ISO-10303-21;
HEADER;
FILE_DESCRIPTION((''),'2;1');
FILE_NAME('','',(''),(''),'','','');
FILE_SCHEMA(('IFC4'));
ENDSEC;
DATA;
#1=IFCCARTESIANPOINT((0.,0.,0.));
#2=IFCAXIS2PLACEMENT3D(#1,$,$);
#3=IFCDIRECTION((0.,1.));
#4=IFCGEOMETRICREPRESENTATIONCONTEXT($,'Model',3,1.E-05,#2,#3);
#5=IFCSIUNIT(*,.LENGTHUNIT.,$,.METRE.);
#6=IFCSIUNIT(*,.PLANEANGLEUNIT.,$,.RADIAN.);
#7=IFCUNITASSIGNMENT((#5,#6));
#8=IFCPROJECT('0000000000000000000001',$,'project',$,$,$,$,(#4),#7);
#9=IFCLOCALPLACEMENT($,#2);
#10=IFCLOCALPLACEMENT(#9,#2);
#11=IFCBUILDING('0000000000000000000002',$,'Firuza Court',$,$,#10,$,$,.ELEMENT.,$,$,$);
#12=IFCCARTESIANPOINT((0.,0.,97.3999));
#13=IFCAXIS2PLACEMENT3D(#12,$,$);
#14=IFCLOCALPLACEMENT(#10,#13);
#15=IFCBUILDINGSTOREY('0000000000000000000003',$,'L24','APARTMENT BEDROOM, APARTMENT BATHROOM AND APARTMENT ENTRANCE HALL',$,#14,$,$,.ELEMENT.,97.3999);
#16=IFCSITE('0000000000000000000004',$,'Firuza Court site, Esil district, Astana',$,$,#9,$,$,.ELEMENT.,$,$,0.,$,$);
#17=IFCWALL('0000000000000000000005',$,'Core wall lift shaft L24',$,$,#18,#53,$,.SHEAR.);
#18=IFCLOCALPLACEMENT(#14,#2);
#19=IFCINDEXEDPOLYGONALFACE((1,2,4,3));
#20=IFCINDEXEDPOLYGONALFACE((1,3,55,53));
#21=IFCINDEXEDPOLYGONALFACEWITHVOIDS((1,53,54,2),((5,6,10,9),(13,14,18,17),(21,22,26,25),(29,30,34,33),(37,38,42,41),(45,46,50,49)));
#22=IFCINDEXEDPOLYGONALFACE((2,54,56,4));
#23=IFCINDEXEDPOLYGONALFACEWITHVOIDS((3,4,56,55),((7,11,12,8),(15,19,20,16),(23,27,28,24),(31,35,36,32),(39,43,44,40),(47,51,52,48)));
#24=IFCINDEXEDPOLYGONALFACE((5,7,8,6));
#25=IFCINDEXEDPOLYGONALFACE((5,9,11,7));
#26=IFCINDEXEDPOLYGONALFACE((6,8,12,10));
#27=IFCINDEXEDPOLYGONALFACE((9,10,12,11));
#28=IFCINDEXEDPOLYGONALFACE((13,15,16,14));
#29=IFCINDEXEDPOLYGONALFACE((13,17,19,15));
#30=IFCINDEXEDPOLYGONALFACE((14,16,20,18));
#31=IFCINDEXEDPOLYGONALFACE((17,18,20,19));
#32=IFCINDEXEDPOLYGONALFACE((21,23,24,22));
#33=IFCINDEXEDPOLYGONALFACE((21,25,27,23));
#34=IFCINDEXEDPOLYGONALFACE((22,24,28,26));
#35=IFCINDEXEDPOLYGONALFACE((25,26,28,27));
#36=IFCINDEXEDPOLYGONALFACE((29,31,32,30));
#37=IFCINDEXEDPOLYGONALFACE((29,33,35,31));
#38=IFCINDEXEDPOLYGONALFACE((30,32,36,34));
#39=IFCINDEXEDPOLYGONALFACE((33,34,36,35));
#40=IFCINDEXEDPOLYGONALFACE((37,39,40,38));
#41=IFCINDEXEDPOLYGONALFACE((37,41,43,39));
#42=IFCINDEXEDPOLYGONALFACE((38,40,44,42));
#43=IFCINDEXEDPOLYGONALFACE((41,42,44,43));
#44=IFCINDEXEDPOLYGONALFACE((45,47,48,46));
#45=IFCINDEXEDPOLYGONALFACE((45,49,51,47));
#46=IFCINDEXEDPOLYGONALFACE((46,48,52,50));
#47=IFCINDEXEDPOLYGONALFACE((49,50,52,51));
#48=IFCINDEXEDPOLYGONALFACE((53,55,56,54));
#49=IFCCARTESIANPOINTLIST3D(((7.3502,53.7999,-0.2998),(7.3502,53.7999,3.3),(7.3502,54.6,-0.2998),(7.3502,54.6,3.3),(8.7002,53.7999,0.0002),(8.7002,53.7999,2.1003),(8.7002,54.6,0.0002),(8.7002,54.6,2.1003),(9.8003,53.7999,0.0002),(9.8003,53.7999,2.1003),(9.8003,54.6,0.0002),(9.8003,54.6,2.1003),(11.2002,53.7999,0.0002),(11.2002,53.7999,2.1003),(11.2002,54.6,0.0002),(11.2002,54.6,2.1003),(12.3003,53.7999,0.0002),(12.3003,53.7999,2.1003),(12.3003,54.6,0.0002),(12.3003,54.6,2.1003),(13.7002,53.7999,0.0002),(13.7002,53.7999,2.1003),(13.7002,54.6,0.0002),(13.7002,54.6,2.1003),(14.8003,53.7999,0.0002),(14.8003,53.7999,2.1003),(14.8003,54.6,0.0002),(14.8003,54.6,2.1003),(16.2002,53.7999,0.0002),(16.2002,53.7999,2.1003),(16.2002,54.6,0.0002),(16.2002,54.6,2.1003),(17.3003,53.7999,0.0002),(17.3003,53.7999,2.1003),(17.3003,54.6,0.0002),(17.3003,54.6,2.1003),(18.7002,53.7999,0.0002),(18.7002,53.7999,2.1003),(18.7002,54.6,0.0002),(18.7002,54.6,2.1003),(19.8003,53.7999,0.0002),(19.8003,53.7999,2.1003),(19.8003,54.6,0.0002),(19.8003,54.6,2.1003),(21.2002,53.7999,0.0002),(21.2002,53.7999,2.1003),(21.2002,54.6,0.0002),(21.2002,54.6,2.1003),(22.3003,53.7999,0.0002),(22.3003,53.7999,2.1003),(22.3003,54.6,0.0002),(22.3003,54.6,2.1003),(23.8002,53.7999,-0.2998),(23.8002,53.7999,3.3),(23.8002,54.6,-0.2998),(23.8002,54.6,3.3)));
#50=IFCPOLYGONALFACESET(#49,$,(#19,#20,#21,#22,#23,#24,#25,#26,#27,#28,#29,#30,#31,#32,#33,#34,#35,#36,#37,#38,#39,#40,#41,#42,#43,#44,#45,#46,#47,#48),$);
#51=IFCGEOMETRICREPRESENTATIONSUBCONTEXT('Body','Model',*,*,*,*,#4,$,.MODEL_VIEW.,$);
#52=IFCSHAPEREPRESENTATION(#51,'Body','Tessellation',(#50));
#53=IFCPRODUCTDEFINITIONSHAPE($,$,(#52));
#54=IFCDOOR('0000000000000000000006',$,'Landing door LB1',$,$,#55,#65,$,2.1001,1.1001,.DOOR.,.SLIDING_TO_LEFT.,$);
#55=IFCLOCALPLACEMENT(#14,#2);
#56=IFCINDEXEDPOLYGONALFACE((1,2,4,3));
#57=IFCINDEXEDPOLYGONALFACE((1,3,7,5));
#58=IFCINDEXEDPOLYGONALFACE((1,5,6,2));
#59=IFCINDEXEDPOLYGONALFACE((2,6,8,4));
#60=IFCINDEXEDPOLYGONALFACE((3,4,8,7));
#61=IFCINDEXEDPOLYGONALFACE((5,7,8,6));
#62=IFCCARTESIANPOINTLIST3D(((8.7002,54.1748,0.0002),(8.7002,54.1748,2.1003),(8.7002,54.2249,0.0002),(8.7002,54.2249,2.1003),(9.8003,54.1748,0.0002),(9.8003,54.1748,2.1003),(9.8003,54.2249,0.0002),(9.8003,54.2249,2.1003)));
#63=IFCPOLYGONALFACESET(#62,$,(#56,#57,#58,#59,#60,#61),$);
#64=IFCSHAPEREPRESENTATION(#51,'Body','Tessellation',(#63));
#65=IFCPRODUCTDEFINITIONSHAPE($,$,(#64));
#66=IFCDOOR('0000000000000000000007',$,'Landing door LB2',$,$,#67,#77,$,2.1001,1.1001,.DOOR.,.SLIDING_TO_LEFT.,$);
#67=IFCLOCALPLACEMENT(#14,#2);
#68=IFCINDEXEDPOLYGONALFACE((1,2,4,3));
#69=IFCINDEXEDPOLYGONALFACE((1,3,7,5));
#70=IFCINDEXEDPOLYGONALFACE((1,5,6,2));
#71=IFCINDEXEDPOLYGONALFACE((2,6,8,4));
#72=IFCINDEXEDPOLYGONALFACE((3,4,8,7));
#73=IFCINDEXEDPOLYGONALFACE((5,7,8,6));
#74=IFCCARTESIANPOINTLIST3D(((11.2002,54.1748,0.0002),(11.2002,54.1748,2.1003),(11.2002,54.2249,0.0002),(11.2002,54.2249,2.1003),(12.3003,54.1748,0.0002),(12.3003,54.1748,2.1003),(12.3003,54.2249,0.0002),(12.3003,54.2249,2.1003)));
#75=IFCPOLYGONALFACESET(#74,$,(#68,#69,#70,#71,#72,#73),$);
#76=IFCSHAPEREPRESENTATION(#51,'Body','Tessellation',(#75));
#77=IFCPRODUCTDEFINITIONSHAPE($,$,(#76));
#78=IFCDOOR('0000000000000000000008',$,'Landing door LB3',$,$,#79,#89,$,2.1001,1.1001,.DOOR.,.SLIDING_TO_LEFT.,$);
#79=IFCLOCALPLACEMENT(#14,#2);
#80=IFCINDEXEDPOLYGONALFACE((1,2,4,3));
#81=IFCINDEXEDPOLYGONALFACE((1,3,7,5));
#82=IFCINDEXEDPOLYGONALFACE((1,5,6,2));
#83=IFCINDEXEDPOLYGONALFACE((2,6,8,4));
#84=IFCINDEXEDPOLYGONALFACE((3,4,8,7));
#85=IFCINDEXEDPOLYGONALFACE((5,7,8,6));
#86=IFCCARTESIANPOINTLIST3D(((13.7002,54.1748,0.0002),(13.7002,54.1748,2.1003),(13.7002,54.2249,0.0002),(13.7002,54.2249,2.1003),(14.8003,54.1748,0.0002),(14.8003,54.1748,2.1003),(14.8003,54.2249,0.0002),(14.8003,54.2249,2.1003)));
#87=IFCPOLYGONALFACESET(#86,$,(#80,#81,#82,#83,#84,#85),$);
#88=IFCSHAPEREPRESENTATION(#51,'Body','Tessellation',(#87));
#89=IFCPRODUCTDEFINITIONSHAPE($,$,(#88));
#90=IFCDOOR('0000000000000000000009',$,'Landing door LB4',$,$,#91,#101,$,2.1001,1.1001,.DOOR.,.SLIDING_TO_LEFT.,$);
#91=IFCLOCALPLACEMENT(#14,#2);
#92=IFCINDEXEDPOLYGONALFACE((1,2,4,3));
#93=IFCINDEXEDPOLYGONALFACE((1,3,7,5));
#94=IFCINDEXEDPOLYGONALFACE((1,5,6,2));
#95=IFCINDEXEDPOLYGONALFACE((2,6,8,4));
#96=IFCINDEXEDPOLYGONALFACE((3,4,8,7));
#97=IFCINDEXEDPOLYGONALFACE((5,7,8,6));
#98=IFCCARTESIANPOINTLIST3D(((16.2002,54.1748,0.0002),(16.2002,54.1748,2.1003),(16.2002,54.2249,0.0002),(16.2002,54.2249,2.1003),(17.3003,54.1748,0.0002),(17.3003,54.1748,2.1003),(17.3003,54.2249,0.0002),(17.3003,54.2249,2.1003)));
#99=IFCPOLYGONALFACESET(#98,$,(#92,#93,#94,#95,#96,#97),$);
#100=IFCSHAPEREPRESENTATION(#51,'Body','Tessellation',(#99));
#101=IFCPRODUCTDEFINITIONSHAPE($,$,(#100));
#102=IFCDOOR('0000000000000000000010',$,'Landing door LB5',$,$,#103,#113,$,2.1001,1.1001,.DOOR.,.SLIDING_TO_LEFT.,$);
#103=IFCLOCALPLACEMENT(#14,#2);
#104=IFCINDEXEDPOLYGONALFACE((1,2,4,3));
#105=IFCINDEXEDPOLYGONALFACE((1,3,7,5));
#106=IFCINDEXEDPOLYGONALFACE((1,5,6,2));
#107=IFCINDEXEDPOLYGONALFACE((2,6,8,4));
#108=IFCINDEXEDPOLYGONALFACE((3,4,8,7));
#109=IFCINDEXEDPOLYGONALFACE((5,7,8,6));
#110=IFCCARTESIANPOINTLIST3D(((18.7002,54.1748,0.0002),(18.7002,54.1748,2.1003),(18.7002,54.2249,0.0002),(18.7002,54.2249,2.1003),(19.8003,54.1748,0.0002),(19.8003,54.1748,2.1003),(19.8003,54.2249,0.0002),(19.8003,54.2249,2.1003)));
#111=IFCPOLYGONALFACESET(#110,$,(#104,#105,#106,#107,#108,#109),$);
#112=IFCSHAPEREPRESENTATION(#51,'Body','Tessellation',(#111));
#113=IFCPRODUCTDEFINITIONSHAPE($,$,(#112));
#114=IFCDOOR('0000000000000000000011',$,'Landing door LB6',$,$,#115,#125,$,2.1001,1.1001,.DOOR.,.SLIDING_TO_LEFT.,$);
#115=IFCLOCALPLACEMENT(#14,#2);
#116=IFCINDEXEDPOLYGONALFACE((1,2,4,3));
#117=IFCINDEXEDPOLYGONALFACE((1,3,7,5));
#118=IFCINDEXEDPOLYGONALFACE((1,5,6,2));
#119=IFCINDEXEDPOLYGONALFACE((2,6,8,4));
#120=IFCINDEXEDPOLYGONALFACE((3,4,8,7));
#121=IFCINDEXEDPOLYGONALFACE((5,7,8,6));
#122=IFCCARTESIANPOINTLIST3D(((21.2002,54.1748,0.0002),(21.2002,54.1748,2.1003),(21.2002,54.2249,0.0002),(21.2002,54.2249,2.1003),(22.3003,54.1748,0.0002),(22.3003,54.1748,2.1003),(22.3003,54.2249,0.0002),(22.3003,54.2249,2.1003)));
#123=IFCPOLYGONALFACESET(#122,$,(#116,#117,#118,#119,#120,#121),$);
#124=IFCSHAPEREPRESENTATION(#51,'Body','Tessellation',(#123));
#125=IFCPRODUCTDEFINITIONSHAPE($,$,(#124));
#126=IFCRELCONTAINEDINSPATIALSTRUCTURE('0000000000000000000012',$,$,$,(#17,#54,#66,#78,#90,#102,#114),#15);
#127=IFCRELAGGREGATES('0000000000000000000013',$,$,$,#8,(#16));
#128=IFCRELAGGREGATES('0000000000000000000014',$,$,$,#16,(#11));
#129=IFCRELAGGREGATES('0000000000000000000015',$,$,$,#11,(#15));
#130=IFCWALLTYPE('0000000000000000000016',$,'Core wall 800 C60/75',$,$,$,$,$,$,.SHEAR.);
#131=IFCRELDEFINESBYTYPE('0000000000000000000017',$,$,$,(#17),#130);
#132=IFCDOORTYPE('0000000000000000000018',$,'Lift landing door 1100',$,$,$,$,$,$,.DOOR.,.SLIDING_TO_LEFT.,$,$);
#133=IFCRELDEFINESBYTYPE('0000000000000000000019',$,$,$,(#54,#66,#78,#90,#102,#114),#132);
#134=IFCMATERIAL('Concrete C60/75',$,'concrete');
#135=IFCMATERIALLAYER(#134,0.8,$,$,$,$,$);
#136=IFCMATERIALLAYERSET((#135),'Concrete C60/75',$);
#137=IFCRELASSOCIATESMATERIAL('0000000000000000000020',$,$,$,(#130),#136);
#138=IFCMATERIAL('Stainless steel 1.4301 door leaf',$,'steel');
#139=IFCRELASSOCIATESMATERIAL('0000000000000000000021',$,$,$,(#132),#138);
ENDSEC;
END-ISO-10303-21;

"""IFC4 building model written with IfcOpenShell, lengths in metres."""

from ifc_helpers import new_model, si_unit, direction, frame, frame_2d, origin, place, context, subcontext, project, spatial, rectangle, extrude, material, layer, layer_set, type_object, element, fill, save


model = new_model("IFC4")

# Units and contexts
model_context = context("Model", 3, precision=1e-05, world=origin(), true_north=direction((0.0, 1.0)))
body_context = subcontext(model_context, "Body", "Model", "MODEL_VIEW")
ifc_project = project(units=[si_unit("LENGTHUNIT", "METRE"), si_unit("PLANEANGLEUNIT", "RADIAN")], contexts=[model_context])

# Site, building, storey
site_placement = place(None, origin())
site = spatial("IfcSite", under=ifc_project, at=site_placement, Name="Firuza Court site, Esil district, Astana", CompositionType="ELEMENT", RefElevation=0.0)
building_placement = place(site_placement, origin())
building = spatial("IfcBuilding", under=site, at=building_placement, Name="Firuza Court", CompositionType="ELEMENT")
storey_placement = place(building_placement, frame((0.0, 0.0, 97.3999)))
storey = spatial("IfcBuildingStorey", under=building, at=storey_placement, Name="L24", Description="APARTMENT BEDROOM, APARTMENT BATHROOM AND APARTMENT ENTRANCE HALL", CompositionType="ELEMENT", Elevation=97.3999)

# Shared definitions
ifc_material_1 = material(Name="Concrete C60/75", Category="concrete")

# Wall, openings, doors
ifc_layer_1 = layer(ifc_material_1, 0.8)
ifc_layer_set_1 = layer_set([ifc_layer_1], Name="Concrete C60/75")
wall_type_1 = type_object("IfcWallType", Name="Core wall 800 C60/75", PredefinedType="SHEAR", material=ifc_layer_set_1)
wall_1_placement = place(storey_placement, frame((7.3501, 54.2, -0.2998), z_axis=(0.0, 0.0, 1.0), x_axis=(1.0, 0.0, 0.0)))
wall_1 = element("IfcWall", 1, at=wall_1_placement, inside=storey, type_object=wall_type_1, Name="Core wall lift shaft L24", PredefinedType="SHEAR", context=body_context, shape_type="SweptSolid", body=[
    extrude(rectangle(XDim=16.45, YDim=0.8, at=frame_2d((8.2251, 0.0))), origin(), (0.0, 0.0, 1.0), 3.5999),
])
opening_1_placement = place(wall_1_placement, frame((1.3501, 0.0, 0.3)))
opening_1 = element("IfcOpeningElement", 2, at=opening_1_placement, cuts=wall_1, PredefinedType="OPENING", context=body_context, shape_type="SweptSolid", body=[
    extrude(rectangle(XDim=1.1001, YDim=2.1001, at=frame_2d((0.55, 1.05))), frame((0.0, 0.4121, 0.0), z_axis=(0.0, -1.0, 0.0), x_axis=(1.0, 0.0, 0.0)), (0.0, 0.0, 1.0), 0.824),
])
opening_2_placement = place(wall_1_placement, frame((3.8501, 0.0, 0.3)))
opening_2 = element("IfcOpeningElement", 3, at=opening_2_placement, cuts=wall_1, PredefinedType="OPENING", context=body_context, shape_type="SweptSolid", body=[
    extrude(rectangle(XDim=1.1001, YDim=2.1001, at=frame_2d((0.55, 1.05))), frame((0.0, 0.4121, 0.0), z_axis=(0.0, -1.0, 0.0), x_axis=(1.0, 0.0, 0.0)), (0.0, 0.0, 1.0), 0.824),
])
opening_3_placement = place(wall_1_placement, frame((6.3501, 0.0, 0.3)))
opening_3 = element("IfcOpeningElement", 4, at=opening_3_placement, cuts=wall_1, PredefinedType="OPENING", context=body_context, shape_type="SweptSolid", body=[
    extrude(rectangle(XDim=1.1001, YDim=2.1001, at=frame_2d((0.55, 1.05))), frame((0.0, 0.4121, 0.0), z_axis=(0.0, -1.0, 0.0), x_axis=(1.0, 0.0, 0.0)), (0.0, 0.0, 1.0), 0.824),
])
opening_4_placement = place(wall_1_placement, frame((8.8501, 0.0, 0.3)))
opening_4 = element("IfcOpeningElement", 5, at=opening_4_placement, cuts=wall_1, PredefinedType="OPENING", context=body_context, shape_type="SweptSolid", body=[
    extrude(rectangle(XDim=1.1001, YDim=2.1001, at=frame_2d((0.55, 1.05))), frame((0.0, 0.4121, 0.0), z_axis=(0.0, -1.0, 0.0), x_axis=(1.0, 0.0, 0.0)), (0.0, 0.0, 1.0), 0.824),
])
opening_5_placement = place(wall_1_placement, frame((11.3501, 0.0, 0.3)))
opening_5 = element("IfcOpeningElement", 6, at=opening_5_placement, cuts=wall_1, PredefinedType="OPENING", context=body_context, shape_type="SweptSolid", body=[
    extrude(rectangle(XDim=1.1001, YDim=2.1001, at=frame_2d((0.55, 1.05))), frame((0.0, 0.4121, 0.0), z_axis=(0.0, -1.0, 0.0), x_axis=(1.0, 0.0, 0.0)), (0.0, 0.0, 1.0), 0.824),
])
opening_6_placement = place(wall_1_placement, frame((13.8501, 0.0, 0.3)))
opening_6 = element("IfcOpeningElement", 7, at=opening_6_placement, cuts=wall_1, PredefinedType="OPENING", context=body_context, shape_type="SweptSolid", body=[
    extrude(rectangle(XDim=1.1001, YDim=2.1001, at=frame_2d((0.55, 1.05))), frame((0.0, 0.4121, 0.0), z_axis=(0.0, -1.0, 0.0), x_axis=(1.0, 0.0, 0.0)), (0.0, 0.0, 1.0), 0.824),
])
ifc_material_2 = material(Name="Stainless steel 1.4301 door leaf", Category="steel")
door_type = type_object("IfcDoorType", Name="Lift landing door 1100", OperationType="SLIDING_TO_LEFT", PredefinedType="DOOR", material=ifc_material_2)
door_1_placement = place(opening_1_placement, origin())
door_1 = element("IfcDoor", 8, at=door_1_placement, inside=storey, type_object=door_type, Name="Landing door LB1", OperationType="SLIDING_TO_LEFT", OverallHeight=2.1001, OverallWidth=1.1001, PredefinedType="DOOR", context=body_context, shape_type="SweptSolid", body=[
    extrude(rectangle(XDim=1.1001, YDim=2.1001, at=frame_2d((0.55, 1.05))), frame((0.0, 0.0249, 0.0), z_axis=(0.0, -1.0, 0.0), x_axis=(1.0, 0.0, 0.0)), (0.0, 0.0, 1.0), 0.05),
])
fill(opening_1, door_1)
door_2_placement = place(opening_2_placement, origin())
door_2 = element("IfcDoor", 9, at=door_2_placement, inside=storey, type_object=door_type, Name="Landing door LB2", OperationType="SLIDING_TO_LEFT", OverallHeight=2.1001, OverallWidth=1.1001, PredefinedType="DOOR", context=body_context, shape_type="SweptSolid", body=[
    extrude(rectangle(XDim=1.1001, YDim=2.1001, at=frame_2d((0.55, 1.05))), frame((0.0, 0.0249, 0.0), z_axis=(0.0, -1.0, 0.0), x_axis=(1.0, 0.0, 0.0)), (0.0, 0.0, 1.0), 0.05),
])
fill(opening_2, door_2)
door_3_placement = place(opening_3_placement, origin())
door_3 = element("IfcDoor", 10, at=door_3_placement, inside=storey, type_object=door_type, Name="Landing door LB3", OperationType="SLIDING_TO_LEFT", OverallHeight=2.1001, OverallWidth=1.1001, PredefinedType="DOOR", context=body_context, shape_type="SweptSolid", body=[
    extrude(rectangle(XDim=1.1001, YDim=2.1001, at=frame_2d((0.55, 1.05))), frame((0.0, 0.0249, 0.0), z_axis=(0.0, -1.0, 0.0), x_axis=(1.0, 0.0, 0.0)), (0.0, 0.0, 1.0), 0.05),
])
fill(opening_3, door_3)
door_4_placement = place(opening_4_placement, origin())
door_4 = element("IfcDoor", 11, at=door_4_placement, inside=storey, type_object=door_type, Name="Landing door LB4", OperationType="SLIDING_TO_LEFT", OverallHeight=2.1001, OverallWidth=1.1001, PredefinedType="DOOR", context=body_context, shape_type="SweptSolid", body=[
    extrude(rectangle(XDim=1.1001, YDim=2.1001, at=frame_2d((0.55, 1.05))), frame((0.0, 0.0249, 0.0), z_axis=(0.0, -1.0, 0.0), x_axis=(1.0, 0.0, 0.0)), (0.0, 0.0, 1.0), 0.05),
])
fill(opening_4, door_4)
door_5_placement = place(opening_5_placement, origin())
door_5 = element("IfcDoor", 12, at=door_5_placement, inside=storey, type_object=door_type, Name="Landing door LB5", OperationType="SLIDING_TO_LEFT", OverallHeight=2.1001, OverallWidth=1.1001, PredefinedType="DOOR", context=body_context, shape_type="SweptSolid", body=[
    extrude(rectangle(XDim=1.1001, YDim=2.1001, at=frame_2d((0.55, 1.05))), frame((0.0, 0.0249, 0.0), z_axis=(0.0, -1.0, 0.0), x_axis=(1.0, 0.0, 0.0)), (0.0, 0.0, 1.0), 0.05),
])
fill(opening_5, door_5)
door_6_placement = place(opening_6_placement, origin())
door_6 = element("IfcDoor", 13, at=door_6_placement, inside=storey, type_object=door_type, Name="Landing door LB6", OperationType="SLIDING_TO_LEFT", OverallHeight=2.1001, OverallWidth=1.1001, PredefinedType="DOOR", context=body_context, shape_type="SweptSolid", body=[
    extrude(rectangle(XDim=1.1001, YDim=2.1001, at=frame_2d((0.55, 1.05))), frame((0.0, 0.0249, 0.0), z_axis=(0.0, -1.0, 0.0), x_axis=(1.0, 0.0, 0.0)), (0.0, 0.0, 1.0), 0.05),
])
fill(opening_6, door_6)

save(model, "model.ifc")
